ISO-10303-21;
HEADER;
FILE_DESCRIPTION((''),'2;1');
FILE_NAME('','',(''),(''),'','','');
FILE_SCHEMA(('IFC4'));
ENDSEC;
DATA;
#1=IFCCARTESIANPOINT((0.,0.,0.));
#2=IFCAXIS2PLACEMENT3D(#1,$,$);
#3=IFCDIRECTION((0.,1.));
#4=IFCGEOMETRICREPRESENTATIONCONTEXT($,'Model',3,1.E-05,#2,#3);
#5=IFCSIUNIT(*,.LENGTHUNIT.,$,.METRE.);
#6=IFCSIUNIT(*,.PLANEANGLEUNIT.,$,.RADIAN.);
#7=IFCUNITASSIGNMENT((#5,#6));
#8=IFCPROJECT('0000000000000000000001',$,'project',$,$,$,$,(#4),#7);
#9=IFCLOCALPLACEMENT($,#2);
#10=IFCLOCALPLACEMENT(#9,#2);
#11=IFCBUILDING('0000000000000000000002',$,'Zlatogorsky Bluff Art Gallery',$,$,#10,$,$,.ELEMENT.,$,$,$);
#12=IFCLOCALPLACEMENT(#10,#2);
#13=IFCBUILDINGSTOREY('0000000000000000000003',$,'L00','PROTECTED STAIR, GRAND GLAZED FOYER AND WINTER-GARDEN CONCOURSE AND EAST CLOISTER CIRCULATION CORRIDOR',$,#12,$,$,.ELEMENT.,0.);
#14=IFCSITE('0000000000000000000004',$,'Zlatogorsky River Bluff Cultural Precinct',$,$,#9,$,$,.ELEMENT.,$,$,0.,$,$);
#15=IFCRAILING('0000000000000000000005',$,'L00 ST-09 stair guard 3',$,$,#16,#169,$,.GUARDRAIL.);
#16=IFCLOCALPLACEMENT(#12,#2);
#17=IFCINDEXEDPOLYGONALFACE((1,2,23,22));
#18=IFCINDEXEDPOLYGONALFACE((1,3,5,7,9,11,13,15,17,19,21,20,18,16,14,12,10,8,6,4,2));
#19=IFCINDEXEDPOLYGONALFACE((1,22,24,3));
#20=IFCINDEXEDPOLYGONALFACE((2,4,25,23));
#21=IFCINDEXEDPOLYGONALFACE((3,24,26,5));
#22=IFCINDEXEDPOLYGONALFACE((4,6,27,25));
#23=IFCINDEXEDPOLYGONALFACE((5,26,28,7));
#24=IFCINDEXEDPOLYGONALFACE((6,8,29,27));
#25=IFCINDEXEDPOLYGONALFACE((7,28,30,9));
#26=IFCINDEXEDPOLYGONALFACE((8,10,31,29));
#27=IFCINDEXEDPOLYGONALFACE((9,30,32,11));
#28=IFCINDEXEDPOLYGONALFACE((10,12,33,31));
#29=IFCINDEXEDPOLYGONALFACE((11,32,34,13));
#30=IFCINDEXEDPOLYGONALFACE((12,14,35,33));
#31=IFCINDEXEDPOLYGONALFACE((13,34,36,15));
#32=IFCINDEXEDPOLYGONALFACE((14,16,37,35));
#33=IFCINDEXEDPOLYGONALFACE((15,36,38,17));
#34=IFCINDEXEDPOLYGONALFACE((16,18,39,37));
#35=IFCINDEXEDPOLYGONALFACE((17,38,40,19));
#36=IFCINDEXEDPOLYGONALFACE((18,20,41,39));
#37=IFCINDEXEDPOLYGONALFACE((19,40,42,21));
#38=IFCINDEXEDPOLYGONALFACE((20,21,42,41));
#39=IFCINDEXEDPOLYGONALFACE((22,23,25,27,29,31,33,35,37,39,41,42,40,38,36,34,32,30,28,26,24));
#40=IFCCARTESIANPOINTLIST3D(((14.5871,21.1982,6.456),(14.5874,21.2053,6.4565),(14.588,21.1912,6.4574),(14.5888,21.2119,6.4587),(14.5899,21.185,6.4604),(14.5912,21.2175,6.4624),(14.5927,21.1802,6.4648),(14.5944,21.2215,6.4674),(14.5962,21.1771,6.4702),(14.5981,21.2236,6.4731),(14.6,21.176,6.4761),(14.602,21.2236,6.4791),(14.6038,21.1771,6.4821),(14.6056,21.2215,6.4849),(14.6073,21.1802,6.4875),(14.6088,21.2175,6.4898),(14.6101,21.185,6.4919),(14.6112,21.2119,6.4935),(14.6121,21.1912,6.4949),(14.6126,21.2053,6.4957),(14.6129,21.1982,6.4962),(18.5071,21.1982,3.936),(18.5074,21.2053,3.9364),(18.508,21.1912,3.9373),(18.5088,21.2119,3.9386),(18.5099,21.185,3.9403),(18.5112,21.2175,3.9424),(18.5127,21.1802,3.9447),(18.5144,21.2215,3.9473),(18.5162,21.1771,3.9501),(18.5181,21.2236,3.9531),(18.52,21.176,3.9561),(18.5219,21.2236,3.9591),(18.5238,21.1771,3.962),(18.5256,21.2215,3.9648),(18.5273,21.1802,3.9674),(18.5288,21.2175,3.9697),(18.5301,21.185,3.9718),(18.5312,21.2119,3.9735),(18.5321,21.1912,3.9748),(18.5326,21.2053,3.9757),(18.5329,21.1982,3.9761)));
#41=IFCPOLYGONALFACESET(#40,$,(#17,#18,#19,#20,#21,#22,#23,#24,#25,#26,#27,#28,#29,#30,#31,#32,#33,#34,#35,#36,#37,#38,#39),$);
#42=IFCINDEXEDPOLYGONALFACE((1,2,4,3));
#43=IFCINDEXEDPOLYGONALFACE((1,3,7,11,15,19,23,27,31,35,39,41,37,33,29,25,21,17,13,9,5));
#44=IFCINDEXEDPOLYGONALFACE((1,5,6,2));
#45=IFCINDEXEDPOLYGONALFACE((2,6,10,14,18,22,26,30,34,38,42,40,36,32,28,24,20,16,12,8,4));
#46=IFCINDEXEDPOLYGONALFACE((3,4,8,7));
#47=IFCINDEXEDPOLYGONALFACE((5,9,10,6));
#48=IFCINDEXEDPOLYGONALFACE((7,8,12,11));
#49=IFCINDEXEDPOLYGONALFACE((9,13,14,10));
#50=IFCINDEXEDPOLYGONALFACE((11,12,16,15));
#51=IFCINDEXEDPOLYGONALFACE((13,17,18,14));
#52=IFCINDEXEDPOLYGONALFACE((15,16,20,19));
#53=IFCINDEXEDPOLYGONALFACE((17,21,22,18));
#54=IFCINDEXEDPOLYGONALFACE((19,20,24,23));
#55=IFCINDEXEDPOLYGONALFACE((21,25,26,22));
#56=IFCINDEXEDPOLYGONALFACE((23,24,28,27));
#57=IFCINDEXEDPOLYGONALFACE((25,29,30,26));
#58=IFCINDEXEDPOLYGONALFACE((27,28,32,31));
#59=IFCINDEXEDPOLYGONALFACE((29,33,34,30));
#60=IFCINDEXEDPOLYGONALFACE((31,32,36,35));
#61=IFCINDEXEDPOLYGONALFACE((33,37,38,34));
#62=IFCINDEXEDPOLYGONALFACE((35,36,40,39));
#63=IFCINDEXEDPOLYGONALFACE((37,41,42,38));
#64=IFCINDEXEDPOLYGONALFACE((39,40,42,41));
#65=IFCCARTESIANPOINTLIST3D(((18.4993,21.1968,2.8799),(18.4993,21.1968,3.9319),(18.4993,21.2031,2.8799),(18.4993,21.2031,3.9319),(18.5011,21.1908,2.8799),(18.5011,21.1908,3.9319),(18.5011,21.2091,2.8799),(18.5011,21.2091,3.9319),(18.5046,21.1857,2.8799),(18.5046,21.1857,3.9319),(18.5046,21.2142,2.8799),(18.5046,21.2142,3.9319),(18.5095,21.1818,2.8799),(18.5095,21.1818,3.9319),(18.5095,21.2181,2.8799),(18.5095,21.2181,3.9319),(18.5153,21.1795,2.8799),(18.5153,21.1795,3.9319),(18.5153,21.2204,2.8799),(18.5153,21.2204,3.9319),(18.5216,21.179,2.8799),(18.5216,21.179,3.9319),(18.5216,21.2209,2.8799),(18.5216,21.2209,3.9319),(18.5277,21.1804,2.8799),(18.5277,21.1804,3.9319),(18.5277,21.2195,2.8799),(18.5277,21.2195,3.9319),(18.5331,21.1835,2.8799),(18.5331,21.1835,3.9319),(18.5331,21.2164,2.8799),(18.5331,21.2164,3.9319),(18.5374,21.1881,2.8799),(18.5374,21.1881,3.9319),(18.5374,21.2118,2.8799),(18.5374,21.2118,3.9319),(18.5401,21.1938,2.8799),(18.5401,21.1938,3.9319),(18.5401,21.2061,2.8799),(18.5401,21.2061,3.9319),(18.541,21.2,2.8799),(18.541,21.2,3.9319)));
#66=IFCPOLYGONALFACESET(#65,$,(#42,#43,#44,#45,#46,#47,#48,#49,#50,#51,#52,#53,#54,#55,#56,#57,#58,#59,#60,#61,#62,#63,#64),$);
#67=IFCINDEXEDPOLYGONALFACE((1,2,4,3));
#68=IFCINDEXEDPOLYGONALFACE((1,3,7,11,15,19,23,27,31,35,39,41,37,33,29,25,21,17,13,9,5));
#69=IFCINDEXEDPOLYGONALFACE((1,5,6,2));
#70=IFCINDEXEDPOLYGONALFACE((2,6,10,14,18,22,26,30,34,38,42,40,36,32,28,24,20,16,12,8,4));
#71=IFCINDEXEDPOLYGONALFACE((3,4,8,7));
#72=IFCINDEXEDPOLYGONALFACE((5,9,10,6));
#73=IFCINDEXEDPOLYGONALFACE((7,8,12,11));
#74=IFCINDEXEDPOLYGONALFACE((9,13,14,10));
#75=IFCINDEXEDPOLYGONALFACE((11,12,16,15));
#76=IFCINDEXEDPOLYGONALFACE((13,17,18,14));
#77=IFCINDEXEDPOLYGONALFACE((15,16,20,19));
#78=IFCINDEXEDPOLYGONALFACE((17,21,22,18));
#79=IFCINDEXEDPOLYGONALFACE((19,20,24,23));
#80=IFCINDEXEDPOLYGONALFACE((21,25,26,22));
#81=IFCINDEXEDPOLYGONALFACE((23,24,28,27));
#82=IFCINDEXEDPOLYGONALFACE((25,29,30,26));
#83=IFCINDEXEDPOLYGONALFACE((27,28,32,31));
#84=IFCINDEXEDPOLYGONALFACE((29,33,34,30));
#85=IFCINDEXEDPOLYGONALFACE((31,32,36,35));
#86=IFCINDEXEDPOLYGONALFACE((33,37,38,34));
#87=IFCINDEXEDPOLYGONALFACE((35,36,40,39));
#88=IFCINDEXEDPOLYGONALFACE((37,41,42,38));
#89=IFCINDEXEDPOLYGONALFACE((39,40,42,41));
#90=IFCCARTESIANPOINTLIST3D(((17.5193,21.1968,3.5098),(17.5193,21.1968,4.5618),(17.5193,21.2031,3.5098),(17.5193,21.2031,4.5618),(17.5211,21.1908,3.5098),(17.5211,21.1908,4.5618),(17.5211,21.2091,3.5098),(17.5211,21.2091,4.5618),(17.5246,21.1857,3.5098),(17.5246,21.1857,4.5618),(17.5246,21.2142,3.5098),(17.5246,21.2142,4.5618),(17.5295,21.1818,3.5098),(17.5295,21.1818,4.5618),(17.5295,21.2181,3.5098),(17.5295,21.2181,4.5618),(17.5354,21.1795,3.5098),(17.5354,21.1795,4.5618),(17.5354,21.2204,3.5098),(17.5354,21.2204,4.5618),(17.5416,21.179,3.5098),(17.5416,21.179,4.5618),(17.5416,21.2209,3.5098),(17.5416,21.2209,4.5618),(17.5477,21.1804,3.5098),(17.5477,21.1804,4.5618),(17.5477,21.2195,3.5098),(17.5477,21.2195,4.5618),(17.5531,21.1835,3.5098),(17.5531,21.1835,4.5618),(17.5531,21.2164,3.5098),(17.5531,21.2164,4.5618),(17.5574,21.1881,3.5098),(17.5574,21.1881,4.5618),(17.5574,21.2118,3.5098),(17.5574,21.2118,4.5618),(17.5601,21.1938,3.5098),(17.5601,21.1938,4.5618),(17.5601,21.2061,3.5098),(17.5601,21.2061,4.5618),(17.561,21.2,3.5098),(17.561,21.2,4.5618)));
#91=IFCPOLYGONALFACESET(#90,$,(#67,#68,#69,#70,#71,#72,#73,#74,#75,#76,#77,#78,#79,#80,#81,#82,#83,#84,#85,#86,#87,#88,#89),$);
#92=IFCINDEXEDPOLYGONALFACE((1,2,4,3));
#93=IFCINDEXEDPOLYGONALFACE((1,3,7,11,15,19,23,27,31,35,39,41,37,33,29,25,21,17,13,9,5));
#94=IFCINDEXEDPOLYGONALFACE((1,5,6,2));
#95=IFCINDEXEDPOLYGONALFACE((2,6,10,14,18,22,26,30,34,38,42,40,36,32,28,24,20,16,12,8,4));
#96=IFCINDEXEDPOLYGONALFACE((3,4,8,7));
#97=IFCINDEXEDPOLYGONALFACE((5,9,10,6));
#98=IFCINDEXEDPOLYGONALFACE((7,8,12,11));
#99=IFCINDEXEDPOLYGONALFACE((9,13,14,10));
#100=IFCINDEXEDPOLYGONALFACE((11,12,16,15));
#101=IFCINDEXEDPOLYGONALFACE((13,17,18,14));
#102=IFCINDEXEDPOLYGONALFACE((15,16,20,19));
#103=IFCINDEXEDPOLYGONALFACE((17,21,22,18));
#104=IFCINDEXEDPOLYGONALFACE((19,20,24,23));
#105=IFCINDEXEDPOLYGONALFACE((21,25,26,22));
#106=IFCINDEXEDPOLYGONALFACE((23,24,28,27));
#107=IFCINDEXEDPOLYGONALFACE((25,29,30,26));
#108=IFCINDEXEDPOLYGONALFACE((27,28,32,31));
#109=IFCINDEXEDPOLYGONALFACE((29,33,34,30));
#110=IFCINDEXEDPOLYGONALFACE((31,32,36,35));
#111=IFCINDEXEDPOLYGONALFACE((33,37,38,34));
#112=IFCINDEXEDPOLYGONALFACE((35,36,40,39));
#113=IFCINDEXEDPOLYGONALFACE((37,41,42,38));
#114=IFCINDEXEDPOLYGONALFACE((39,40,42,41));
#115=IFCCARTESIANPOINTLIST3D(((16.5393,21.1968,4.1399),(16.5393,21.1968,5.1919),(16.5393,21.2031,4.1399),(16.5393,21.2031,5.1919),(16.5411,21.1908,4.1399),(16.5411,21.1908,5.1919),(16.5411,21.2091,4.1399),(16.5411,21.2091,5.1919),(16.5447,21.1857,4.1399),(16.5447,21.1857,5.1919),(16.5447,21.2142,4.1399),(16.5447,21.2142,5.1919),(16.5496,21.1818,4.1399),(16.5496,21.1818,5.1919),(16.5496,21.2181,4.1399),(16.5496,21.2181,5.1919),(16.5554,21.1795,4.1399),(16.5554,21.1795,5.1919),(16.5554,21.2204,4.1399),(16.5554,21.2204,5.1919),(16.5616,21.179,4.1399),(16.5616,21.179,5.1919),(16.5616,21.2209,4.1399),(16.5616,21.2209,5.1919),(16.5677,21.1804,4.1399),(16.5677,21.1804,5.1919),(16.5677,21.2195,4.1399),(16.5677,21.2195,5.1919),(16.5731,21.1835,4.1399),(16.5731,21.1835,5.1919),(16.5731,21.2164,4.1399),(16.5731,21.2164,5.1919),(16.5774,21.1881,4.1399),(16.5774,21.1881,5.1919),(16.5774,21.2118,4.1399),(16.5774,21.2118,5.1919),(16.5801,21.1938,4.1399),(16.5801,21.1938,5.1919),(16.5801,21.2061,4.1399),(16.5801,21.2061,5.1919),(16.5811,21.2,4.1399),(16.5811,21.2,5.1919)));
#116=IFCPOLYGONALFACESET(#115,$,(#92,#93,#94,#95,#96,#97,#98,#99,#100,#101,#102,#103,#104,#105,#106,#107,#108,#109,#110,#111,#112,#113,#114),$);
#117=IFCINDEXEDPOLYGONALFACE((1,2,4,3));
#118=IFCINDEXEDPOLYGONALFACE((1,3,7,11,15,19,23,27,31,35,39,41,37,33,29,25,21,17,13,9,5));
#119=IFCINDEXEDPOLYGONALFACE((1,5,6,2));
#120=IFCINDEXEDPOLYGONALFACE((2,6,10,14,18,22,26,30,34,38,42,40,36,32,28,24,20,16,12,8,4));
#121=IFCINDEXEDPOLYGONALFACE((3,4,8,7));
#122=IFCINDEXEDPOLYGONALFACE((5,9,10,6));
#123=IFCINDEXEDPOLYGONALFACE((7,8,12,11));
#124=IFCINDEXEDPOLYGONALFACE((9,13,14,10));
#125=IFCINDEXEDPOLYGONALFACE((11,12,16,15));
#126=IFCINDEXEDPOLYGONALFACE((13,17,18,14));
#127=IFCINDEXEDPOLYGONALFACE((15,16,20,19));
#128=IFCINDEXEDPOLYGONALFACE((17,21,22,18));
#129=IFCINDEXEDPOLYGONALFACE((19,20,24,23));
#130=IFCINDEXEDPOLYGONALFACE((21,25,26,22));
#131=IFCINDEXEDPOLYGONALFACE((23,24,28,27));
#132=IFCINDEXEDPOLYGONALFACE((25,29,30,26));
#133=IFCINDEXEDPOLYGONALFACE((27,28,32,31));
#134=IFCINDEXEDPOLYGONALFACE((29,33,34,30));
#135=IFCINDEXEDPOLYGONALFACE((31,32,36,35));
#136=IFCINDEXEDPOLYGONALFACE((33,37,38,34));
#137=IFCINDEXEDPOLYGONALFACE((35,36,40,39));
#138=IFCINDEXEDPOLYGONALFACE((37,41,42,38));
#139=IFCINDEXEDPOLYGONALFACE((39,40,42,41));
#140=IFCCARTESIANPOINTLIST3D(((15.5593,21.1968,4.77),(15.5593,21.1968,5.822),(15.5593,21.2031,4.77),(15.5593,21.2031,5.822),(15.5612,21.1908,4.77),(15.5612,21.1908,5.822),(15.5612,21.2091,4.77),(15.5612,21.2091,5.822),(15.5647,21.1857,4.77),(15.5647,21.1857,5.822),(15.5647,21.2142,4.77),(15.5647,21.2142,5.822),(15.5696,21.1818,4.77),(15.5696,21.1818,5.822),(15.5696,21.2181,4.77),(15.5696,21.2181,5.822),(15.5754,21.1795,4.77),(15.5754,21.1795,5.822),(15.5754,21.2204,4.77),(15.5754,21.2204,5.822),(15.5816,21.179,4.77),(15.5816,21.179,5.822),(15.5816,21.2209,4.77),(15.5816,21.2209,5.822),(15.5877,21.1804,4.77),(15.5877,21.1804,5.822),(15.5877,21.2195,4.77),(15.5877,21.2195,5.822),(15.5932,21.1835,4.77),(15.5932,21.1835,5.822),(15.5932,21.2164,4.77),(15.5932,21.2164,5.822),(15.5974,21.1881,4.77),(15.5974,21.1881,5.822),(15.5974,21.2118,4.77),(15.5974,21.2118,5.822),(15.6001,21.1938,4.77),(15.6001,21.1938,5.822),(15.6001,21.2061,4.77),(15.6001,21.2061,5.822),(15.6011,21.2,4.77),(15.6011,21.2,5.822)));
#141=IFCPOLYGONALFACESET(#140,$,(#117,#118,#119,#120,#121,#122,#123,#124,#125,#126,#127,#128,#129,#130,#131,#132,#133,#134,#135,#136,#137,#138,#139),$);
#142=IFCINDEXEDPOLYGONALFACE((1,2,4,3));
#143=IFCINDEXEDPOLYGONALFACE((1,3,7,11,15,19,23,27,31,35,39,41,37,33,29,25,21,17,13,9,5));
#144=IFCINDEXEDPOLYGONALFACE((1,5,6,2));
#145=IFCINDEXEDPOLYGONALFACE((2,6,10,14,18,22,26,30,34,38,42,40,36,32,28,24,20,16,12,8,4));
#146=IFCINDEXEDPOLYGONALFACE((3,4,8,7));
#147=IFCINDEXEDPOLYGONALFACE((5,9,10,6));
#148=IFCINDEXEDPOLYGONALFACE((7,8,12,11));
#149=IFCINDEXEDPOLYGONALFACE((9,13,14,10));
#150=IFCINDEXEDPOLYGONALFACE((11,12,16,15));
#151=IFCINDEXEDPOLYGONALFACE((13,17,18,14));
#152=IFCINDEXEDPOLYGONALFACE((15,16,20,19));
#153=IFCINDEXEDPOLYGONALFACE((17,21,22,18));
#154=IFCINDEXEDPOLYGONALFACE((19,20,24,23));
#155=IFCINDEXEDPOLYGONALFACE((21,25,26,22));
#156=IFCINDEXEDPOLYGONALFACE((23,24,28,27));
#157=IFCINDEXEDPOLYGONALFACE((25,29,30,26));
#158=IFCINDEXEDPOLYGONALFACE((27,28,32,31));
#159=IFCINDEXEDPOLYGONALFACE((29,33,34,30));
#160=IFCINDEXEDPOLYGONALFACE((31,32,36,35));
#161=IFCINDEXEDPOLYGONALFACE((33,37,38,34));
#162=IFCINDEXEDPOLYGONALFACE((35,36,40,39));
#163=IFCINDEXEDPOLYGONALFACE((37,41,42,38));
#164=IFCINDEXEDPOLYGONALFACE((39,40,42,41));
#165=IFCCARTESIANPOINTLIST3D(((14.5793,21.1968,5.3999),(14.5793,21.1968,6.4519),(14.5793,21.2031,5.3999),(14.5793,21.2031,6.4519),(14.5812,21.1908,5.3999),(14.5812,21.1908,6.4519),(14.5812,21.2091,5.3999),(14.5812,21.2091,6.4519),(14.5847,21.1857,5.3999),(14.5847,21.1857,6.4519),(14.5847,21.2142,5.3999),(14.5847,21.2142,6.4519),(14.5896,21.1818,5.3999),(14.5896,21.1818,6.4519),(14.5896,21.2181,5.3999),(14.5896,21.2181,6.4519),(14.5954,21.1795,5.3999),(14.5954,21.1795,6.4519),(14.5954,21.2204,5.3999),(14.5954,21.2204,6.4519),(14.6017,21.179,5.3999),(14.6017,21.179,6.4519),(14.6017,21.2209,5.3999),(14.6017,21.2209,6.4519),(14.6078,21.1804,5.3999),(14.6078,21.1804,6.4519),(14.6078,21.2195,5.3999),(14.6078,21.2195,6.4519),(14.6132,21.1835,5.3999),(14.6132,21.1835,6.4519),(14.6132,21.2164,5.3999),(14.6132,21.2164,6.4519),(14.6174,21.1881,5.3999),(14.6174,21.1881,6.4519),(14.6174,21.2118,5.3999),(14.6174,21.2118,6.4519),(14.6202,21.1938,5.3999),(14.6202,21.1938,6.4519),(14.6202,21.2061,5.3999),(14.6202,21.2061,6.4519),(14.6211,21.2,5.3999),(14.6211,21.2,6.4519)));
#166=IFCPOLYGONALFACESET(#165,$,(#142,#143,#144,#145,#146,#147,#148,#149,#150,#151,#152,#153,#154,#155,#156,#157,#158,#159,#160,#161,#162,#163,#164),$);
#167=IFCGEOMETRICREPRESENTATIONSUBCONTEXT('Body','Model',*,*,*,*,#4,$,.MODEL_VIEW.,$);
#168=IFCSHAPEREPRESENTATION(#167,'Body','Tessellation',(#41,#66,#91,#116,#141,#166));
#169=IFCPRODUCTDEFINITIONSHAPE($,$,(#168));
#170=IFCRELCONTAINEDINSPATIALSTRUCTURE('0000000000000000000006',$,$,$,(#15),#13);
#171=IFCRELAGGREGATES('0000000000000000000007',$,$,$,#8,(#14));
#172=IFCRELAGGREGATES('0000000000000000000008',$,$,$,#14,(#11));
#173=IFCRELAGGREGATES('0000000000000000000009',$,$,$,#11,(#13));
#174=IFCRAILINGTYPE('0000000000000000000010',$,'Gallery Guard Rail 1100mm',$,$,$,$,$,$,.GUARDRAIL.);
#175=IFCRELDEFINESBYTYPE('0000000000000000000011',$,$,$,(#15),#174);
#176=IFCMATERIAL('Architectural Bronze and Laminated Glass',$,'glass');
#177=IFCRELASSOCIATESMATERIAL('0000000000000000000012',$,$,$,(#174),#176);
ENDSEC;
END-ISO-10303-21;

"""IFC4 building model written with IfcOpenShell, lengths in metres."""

from ifc_helpers import new_model, si_unit, direction, frame, origin, origin_2d, place, context, subcontext, project, spatial, circle, extrude, material, type_object, element, save


model = new_model("IFC4")

# Units and contexts
model_context = context("Model", 3, precision=1e-05, world=origin(), true_north=direction((0.0, 1.0)))
body_context = subcontext(model_context, "Body", "Model", "MODEL_VIEW")
ifc_project = project(units=[si_unit("LENGTHUNIT", "METRE"), si_unit("PLANEANGLEUNIT", "RADIAN")], contexts=[model_context])

# Site, building, storey
site_placement = place(None, origin())
site = spatial("IfcSite", under=ifc_project, at=site_placement, Name="Zlatogorsky River Bluff Cultural Precinct", CompositionType="ELEMENT", RefElevation=0.0)
building_placement = place(site_placement, origin())
building = spatial("IfcBuilding", under=site, at=building_placement, Name="Zlatogorsky Bluff Art Gallery", CompositionType="ELEMENT")
storey_placement = place(building_placement, origin())
storey = spatial("IfcBuildingStorey", under=building, at=storey_placement, Name="L00", Description="PROTECTED STAIR, GRAND GLAZED FOYER AND WINTER-GARDEN CONCOURSE AND EAST CLOISTER CIRCULATION CORRIDOR", CompositionType="ELEMENT", Elevation=0.0)

# Railing
ifc_material_1 = material(Name="Architectural Bronze and Laminated Glass", Category="glass")
railing_type_1 = type_object("IfcRailingType", Name="Gallery Guard Rail 1100mm", PredefinedType="GUARDRAIL", material=ifc_material_1)
railing_1_placement = place(storey_placement, frame((18.52, 21.2, 2.8799)))
element("IfcRailing", 1, at=railing_1_placement, inside=storey, type_object=railing_type_1, Name="L00 ST-09 stair guard 3", PredefinedType="GUARDRAIL", context=body_context, shape_type="SweptSolid", body=[
    extrude(circle(Radius=0.0239, at=origin_2d()), frame((0.0, 0.0, 1.0762), z_axis=(-0.841172, 0.0, 0.540768), x_axis=(0.0, -1.0, 0.0)), (0.0, 0.0, 1.0), 4.6602),
    extrude(circle(Radius=0.021, at=origin_2d()), origin(), (0.0, 0.0, 1.0), 1.052),
    extrude(circle(Radius=0.021, at=origin_2d()), frame((-0.98, 0.0, 0.6299)), (0.0, 0.0, 1.0), 1.052),
    extrude(circle(Radius=0.021, at=origin_2d()), frame((-1.96, 0.0, 1.26)), (0.0, 0.0, 1.0), 1.052),
    extrude(circle(Radius=0.021, at=origin_2d()), frame((-2.9399, 0.0, 1.8901)), (0.0, 0.0, 1.0), 1.052),
    extrude(circle(Radius=0.021, at=origin_2d()), frame((-3.9199, 0.0, 2.52)), (0.0, 0.0, 1.0), 1.052),
])

save(model, "model.ifc")
